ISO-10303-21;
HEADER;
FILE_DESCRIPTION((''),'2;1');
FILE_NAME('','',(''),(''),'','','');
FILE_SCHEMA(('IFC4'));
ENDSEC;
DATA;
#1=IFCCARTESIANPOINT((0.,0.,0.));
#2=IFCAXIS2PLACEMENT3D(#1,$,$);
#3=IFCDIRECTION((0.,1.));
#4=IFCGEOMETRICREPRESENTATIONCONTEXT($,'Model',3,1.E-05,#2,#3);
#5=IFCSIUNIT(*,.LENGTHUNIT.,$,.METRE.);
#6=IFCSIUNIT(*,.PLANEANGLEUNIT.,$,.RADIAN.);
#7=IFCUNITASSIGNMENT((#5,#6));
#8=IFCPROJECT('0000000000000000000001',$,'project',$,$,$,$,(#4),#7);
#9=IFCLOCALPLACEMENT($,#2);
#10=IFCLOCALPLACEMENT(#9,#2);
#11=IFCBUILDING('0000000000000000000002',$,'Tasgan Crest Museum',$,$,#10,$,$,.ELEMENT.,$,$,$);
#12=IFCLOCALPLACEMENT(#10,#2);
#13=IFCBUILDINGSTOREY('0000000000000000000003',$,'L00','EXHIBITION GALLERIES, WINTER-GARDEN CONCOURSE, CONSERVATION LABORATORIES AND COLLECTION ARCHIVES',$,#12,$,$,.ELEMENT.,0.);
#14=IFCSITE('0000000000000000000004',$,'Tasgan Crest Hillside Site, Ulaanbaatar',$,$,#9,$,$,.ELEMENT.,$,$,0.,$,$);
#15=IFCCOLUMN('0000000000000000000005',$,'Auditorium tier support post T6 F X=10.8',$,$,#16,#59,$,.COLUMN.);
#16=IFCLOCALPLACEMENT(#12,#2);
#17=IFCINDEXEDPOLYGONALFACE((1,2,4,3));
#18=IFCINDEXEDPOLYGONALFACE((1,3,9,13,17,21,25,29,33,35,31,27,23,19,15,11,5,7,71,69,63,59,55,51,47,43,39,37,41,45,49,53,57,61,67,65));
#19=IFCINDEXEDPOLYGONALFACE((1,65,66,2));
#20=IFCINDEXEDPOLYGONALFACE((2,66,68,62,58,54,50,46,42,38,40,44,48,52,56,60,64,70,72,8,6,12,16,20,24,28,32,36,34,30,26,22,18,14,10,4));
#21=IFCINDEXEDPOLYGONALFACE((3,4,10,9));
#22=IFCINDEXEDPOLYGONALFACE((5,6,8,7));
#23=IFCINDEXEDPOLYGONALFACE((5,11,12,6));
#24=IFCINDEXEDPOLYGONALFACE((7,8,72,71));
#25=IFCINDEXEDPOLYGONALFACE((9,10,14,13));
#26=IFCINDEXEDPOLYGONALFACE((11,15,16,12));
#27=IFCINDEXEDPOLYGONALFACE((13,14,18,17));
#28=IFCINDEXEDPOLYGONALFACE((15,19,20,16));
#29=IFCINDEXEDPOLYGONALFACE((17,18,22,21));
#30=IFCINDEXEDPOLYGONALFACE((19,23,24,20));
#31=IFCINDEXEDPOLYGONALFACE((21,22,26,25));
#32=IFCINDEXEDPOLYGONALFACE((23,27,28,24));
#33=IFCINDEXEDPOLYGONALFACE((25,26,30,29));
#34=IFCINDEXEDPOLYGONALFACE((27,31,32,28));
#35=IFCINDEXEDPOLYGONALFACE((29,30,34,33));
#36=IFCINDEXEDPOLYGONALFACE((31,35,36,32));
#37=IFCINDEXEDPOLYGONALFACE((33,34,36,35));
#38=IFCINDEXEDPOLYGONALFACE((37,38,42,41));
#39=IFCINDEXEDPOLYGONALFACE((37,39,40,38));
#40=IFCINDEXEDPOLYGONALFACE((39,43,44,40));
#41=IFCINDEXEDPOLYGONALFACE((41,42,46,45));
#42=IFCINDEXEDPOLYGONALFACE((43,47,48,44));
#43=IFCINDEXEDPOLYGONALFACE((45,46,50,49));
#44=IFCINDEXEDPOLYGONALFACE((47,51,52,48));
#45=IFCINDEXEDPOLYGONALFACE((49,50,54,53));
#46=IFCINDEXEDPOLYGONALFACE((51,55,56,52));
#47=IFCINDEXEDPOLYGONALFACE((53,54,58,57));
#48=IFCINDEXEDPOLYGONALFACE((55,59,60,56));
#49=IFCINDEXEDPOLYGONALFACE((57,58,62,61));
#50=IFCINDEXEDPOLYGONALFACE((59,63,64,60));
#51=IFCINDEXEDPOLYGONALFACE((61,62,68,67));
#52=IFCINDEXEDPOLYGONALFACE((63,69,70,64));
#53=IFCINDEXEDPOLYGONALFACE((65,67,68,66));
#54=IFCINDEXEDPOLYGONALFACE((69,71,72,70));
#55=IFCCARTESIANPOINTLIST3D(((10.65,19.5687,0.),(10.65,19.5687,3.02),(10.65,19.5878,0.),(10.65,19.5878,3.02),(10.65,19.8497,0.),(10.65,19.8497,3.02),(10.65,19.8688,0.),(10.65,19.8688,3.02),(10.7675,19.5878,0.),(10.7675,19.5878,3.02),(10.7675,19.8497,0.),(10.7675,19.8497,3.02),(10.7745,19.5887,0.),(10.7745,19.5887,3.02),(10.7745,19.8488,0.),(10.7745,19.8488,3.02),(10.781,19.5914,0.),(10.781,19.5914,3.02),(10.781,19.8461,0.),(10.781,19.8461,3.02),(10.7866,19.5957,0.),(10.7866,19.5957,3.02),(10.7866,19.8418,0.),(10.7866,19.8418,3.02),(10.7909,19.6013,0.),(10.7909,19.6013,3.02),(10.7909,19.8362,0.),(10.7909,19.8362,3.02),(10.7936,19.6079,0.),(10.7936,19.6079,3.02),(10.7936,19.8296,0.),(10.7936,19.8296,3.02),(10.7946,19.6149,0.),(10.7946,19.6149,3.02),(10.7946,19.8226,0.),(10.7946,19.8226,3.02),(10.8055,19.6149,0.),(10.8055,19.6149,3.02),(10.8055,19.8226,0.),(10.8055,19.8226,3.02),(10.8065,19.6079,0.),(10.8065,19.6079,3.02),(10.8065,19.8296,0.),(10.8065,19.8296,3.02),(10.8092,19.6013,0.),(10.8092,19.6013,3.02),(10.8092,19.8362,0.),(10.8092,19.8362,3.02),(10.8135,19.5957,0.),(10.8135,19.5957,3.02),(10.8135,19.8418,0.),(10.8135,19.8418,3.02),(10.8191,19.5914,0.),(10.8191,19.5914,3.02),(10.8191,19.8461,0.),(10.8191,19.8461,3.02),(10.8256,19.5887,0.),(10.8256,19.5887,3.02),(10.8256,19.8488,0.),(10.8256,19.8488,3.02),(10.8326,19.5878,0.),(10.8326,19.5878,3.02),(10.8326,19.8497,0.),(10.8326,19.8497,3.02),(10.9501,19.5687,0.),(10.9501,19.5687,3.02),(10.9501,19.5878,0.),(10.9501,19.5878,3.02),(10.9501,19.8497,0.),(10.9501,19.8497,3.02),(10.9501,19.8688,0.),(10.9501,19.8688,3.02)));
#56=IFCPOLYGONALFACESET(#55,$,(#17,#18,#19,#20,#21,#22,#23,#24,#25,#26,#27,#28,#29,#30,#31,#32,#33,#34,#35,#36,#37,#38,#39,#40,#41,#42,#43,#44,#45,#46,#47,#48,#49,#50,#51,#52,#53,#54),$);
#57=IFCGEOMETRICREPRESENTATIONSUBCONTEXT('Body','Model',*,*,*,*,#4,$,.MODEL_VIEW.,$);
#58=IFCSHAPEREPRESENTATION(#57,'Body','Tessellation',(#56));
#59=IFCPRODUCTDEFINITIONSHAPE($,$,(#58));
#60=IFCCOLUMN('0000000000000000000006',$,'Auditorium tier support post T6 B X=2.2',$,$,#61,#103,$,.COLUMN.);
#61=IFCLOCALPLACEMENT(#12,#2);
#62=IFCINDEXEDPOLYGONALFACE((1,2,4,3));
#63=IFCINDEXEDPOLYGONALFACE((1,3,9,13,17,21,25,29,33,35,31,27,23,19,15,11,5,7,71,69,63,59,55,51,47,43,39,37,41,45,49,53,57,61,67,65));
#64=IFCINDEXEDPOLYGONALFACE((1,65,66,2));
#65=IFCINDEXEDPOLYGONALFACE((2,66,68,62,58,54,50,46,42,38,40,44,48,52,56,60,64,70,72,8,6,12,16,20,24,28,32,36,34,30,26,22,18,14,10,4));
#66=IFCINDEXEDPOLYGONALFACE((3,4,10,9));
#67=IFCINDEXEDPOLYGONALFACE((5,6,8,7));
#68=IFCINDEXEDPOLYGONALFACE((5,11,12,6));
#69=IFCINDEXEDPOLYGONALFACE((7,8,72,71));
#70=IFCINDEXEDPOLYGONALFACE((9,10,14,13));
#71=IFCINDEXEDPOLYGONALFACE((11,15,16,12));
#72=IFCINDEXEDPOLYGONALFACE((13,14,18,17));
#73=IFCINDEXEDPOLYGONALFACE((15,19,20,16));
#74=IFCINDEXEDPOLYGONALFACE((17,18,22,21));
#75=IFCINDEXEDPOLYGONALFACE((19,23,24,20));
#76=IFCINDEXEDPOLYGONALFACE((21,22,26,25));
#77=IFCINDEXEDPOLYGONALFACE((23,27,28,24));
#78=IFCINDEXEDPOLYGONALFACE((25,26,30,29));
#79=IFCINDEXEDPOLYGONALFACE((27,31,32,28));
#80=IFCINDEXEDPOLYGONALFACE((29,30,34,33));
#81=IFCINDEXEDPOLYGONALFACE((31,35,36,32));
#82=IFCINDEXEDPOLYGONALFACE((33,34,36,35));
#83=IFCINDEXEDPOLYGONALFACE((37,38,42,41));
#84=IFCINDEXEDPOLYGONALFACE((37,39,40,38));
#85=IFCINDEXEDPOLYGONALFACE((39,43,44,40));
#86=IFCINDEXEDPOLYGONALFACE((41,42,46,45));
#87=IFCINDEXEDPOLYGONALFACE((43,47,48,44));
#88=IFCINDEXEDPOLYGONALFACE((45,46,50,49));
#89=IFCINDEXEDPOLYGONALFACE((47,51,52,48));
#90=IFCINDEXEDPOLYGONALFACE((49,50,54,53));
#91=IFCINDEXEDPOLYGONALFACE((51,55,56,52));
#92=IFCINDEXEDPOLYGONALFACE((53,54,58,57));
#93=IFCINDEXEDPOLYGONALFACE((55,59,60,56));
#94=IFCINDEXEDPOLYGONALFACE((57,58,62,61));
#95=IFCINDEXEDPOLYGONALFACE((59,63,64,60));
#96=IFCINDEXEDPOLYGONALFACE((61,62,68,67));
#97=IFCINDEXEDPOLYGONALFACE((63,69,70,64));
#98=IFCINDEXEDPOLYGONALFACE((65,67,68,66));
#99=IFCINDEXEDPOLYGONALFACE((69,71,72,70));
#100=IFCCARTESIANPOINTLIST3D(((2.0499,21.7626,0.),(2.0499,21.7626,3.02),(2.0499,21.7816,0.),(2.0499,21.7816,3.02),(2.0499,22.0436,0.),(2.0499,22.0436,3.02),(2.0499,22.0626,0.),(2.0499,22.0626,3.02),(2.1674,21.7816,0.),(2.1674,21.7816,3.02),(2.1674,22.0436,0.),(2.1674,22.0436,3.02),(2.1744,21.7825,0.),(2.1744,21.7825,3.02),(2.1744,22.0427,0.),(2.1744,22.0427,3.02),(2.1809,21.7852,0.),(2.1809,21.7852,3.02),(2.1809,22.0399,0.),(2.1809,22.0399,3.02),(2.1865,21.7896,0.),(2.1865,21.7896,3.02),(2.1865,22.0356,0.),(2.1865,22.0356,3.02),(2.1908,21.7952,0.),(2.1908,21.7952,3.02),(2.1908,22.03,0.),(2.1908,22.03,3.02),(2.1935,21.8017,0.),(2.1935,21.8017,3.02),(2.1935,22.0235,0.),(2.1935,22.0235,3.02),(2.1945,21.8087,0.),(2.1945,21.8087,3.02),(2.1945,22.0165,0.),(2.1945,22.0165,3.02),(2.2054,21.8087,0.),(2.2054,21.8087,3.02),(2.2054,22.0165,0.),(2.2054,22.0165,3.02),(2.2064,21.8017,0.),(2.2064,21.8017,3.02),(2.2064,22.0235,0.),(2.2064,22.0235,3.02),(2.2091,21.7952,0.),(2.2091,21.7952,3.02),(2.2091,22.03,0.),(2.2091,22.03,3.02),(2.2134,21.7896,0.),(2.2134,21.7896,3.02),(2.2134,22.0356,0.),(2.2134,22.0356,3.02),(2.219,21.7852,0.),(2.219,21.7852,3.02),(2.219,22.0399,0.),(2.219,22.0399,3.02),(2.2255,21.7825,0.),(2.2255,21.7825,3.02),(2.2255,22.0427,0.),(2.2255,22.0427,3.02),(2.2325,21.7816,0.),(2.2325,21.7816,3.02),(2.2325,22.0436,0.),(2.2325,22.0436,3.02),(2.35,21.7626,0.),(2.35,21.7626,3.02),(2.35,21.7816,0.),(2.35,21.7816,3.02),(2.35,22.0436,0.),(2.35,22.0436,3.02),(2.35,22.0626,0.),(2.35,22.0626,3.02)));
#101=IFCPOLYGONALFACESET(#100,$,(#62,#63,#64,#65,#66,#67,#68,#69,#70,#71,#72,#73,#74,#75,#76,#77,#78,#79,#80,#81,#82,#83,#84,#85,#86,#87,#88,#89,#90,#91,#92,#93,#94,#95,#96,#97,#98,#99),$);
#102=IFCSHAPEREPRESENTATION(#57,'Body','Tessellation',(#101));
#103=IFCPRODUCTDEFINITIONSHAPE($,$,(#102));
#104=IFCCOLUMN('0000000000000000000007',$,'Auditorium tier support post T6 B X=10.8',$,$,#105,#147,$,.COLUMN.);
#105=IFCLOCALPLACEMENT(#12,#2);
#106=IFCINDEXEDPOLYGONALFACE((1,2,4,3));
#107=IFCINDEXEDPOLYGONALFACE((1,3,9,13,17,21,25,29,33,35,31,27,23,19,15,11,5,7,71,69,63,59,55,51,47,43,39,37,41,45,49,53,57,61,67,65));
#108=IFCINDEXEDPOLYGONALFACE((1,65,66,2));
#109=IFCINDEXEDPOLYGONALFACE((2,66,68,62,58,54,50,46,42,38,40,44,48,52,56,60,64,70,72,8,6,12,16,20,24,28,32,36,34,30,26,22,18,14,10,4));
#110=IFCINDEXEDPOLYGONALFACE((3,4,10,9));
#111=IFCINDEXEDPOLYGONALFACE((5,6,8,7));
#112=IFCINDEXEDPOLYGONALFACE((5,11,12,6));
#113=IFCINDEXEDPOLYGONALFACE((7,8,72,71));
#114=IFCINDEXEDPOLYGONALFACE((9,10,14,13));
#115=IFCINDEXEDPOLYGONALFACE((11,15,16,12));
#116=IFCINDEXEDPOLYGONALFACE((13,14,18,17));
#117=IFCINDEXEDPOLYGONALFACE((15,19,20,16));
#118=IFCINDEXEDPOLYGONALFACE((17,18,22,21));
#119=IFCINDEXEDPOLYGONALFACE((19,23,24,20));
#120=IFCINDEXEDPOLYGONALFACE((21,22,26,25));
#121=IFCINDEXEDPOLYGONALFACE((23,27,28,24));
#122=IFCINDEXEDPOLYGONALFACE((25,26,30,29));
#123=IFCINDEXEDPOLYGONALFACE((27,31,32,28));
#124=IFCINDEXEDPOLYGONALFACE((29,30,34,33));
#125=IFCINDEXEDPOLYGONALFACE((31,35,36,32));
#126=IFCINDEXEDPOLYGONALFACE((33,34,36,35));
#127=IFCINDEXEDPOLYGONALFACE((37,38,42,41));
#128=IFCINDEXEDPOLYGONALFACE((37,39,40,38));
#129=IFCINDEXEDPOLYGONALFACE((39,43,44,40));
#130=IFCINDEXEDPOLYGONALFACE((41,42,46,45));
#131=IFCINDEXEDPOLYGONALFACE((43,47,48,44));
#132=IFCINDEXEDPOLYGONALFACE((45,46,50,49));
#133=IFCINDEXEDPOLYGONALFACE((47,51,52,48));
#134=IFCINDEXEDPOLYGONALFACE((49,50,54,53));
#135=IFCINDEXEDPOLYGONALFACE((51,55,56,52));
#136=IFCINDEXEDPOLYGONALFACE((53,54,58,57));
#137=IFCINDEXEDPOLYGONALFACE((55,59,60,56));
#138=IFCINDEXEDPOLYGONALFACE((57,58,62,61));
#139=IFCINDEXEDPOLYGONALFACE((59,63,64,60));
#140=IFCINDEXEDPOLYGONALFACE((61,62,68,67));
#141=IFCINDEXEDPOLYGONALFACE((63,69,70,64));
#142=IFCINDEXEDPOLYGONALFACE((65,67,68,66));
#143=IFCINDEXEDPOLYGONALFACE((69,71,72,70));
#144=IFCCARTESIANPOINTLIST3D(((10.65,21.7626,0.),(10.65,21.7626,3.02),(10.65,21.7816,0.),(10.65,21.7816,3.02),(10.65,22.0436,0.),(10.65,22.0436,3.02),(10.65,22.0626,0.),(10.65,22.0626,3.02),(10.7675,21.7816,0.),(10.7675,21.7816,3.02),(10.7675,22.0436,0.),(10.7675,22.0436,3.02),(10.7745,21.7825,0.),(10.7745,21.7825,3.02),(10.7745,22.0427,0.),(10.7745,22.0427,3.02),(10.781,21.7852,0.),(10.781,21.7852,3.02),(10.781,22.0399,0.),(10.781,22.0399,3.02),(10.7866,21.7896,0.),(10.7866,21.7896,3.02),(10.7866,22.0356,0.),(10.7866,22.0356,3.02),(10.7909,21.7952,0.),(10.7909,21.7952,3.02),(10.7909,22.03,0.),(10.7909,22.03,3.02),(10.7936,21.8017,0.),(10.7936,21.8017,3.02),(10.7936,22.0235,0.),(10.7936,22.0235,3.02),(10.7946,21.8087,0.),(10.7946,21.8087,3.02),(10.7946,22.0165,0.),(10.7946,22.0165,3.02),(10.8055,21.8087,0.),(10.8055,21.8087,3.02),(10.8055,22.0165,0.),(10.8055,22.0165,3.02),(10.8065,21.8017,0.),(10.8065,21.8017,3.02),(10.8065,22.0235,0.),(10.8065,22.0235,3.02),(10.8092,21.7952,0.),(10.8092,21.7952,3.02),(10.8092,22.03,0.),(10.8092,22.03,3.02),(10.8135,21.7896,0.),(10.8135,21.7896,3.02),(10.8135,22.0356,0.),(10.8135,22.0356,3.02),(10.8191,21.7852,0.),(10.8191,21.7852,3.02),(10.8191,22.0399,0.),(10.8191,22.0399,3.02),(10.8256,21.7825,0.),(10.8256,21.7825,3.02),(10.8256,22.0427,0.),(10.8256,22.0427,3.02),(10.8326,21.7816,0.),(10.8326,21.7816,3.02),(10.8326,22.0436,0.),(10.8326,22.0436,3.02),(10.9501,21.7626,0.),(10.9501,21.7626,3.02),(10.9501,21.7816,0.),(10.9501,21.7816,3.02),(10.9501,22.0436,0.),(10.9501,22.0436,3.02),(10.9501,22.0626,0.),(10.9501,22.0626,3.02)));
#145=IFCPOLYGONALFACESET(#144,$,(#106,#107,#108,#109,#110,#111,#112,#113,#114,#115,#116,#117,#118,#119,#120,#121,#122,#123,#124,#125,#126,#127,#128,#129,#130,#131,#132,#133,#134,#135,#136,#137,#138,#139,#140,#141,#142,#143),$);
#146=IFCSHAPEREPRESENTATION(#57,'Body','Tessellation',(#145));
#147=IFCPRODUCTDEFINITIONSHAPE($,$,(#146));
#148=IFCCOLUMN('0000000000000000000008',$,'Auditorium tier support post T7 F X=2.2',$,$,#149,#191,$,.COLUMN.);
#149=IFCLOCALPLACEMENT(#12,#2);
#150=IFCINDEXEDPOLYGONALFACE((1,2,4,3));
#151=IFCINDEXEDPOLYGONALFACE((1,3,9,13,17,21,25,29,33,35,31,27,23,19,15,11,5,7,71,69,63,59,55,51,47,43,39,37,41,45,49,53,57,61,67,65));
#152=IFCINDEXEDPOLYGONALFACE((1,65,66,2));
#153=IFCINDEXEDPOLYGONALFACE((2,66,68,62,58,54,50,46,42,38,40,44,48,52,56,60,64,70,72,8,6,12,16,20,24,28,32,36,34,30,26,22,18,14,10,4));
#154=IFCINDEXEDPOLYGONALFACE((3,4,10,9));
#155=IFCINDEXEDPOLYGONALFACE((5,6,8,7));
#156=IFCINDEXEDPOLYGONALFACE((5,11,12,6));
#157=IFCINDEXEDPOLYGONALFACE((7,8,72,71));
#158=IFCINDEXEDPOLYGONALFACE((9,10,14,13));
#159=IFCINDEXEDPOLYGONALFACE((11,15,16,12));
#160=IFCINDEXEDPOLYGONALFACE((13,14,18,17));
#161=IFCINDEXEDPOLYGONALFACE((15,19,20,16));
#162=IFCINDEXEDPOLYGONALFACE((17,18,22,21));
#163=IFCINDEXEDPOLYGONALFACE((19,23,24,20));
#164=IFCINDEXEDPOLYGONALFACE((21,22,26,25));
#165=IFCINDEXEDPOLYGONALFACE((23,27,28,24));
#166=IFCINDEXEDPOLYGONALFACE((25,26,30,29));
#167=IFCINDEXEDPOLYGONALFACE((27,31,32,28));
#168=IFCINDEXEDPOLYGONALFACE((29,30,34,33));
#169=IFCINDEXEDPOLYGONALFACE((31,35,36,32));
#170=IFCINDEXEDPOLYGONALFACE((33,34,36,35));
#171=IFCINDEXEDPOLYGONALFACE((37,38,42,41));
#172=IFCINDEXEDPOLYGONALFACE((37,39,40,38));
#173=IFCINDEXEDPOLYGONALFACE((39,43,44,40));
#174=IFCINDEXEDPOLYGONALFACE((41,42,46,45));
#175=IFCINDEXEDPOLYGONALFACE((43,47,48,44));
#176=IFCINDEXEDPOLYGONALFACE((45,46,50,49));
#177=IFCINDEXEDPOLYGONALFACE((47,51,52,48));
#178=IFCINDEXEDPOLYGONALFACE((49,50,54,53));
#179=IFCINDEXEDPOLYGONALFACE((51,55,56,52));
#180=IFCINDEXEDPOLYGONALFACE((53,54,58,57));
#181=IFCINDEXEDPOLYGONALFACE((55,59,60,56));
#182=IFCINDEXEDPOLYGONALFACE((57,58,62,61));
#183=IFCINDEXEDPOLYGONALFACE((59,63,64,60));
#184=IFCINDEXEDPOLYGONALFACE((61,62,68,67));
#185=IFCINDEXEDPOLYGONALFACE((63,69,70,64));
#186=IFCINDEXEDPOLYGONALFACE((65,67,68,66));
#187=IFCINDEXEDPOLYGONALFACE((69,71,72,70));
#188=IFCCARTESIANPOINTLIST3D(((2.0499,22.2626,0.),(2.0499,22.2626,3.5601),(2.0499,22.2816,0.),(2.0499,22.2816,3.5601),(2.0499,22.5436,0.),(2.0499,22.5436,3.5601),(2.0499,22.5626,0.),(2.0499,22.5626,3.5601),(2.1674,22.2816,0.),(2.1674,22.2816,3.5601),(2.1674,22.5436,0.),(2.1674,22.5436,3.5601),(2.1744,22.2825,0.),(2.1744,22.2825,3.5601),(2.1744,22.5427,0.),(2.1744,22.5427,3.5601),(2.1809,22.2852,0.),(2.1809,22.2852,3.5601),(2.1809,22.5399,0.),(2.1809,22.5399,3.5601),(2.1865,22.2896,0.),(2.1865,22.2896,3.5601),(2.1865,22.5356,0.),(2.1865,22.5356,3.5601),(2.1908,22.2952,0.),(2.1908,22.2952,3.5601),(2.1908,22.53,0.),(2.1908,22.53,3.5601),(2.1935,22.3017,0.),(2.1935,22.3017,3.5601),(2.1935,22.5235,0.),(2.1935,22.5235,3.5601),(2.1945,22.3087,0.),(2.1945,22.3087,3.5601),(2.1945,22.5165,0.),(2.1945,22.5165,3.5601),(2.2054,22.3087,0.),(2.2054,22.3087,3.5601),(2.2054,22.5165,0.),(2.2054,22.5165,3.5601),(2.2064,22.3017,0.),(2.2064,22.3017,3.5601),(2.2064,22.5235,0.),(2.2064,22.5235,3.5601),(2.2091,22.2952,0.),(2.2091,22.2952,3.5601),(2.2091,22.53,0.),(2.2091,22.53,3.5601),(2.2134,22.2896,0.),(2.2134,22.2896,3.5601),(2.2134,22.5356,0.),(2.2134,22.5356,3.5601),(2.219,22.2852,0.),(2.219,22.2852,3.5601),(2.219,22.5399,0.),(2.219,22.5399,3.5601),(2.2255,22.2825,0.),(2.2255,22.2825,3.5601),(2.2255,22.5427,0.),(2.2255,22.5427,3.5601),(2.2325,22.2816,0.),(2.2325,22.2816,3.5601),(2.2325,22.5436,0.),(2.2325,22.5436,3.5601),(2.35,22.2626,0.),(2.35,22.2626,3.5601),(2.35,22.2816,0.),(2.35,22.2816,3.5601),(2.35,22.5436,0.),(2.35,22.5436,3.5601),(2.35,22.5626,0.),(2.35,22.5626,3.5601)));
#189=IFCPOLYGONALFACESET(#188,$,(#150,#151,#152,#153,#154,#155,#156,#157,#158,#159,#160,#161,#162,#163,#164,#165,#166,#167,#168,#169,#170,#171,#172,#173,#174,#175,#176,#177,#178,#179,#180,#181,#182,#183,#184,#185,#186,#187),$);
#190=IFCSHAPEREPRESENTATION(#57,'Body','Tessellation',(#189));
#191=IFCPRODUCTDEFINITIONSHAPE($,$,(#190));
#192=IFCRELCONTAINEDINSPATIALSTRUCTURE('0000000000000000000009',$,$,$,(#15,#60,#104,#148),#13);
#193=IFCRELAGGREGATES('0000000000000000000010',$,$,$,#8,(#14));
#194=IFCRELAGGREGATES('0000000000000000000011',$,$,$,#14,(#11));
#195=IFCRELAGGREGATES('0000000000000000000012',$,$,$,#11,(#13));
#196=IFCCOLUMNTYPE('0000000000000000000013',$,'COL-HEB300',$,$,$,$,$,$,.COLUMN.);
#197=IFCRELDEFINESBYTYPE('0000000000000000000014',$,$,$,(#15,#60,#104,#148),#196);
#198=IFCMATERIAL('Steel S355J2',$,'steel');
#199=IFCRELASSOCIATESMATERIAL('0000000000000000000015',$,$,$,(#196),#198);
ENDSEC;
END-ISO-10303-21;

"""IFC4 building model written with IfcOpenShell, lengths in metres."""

from ifc_helpers import new_model, si_unit, direction, frame, origin, origin_2d, place, context, subcontext, project, spatial, i_section, extrude, material, material_profile, profile_set, type_object, element, save


model = new_model("IFC4")

# Units and contexts
model_context = context("Model", 3, precision=1e-05, world=origin(), true_north=direction((0.0, 1.0)))
body_context = subcontext(model_context, "Body", "Model", "MODEL_VIEW")
ifc_project = project(units=[si_unit("LENGTHUNIT", "METRE"), si_unit("PLANEANGLEUNIT", "RADIAN")], contexts=[model_context])

# Site, building, storey
site_placement = place(None, origin())
site = spatial("IfcSite", under=ifc_project, at=site_placement, Name="Tasgan Crest Hillside Site, Ulaanbaatar", CompositionType="ELEMENT", RefElevation=0.0)
building_placement = place(site_placement, origin())
building = spatial("IfcBuilding", under=site, at=building_placement, Name="Tasgan Crest Museum", CompositionType="ELEMENT")
storey_placement = place(building_placement, origin())
storey = spatial("IfcBuildingStorey", under=building, at=storey_placement, Name="L00", Description="EXHIBITION GALLERIES, WINTER-GARDEN CONCOURSE, CONSERVATION LABORATORIES AND COLLECTION ARCHIVES", CompositionType="ELEMENT", Elevation=0.0)

# Columns
ifc_material_1 = material(Name="Steel S355J2", Category="steel")
ifc_material_profile_1 = material_profile(ifc_material_1, i_section(OverallWidth=0.3, OverallDepth=0.3, WebThickness=0.011, FlangeThickness=0.019, FilletRadius=0.0271, at=origin_2d()), Name="HEB 300")
ifc_profile_set_1 = profile_set([ifc_material_profile_1], Name="Steel S355J2")
column_type_1 = type_object("IfcColumnType", Name="COL-HEB300", PredefinedType="COLUMN", material=ifc_profile_set_1)
for number, where, z_axis, x_axis, name in (
    (1, (10.8, 19.7188, 0.0), (0.0, 0.0, 1.0), (1.0, 0.0, 0.0), "Auditorium tier support post T6 F X=10.8"),
    (2, (2.2, 21.9126, 0.0), (0.0, 0.0, 1.0), (1.0, 0.0, 0.0), "Auditorium tier support post T6 B X=2.2"),
    (3, (10.8, 21.9126, 0.0), (0.0, 0.0, 1.0), (1.0, 0.0, 0.0), "Auditorium tier support post T6 B X=10.8"),
):
    element("IfcColumn", number, at=place(storey_placement, frame(where, z_axis=z_axis, x_axis=x_axis)), inside=storey, type_object=column_type_1, Name=name, PredefinedType="COLUMN", context=body_context, shape_type="SweptSolid", body=[
        extrude(i_section(OverallWidth=0.3, OverallDepth=0.3, WebThickness=0.011, FlangeThickness=0.019, FilletRadius=0.0271, at=origin_2d()), origin(), (0.0, 0.0, 1.0), 3.02),
    ])
for number, where, z_axis, x_axis, name in (
    (4, (2.2, 22.4126, 0.0), (0.0, 0.0, 1.0), (1.0, 0.0, 0.0), "Auditorium tier support post T7 F X=2.2"),
):
    element("IfcColumn", number, at=place(storey_placement, frame(where, z_axis=z_axis, x_axis=x_axis)), inside=storey, type_object=column_type_1, Name=name, PredefinedType="COLUMN", context=body_context, shape_type="SweptSolid", body=[
        extrude(i_section(OverallWidth=0.3, OverallDepth=0.3, WebThickness=0.011, FlangeThickness=0.019, FilletRadius=0.0271, at=origin_2d()), origin(), (0.0, 0.0, 1.0), 3.5601),
    ])

save(model, "model.ifc")
